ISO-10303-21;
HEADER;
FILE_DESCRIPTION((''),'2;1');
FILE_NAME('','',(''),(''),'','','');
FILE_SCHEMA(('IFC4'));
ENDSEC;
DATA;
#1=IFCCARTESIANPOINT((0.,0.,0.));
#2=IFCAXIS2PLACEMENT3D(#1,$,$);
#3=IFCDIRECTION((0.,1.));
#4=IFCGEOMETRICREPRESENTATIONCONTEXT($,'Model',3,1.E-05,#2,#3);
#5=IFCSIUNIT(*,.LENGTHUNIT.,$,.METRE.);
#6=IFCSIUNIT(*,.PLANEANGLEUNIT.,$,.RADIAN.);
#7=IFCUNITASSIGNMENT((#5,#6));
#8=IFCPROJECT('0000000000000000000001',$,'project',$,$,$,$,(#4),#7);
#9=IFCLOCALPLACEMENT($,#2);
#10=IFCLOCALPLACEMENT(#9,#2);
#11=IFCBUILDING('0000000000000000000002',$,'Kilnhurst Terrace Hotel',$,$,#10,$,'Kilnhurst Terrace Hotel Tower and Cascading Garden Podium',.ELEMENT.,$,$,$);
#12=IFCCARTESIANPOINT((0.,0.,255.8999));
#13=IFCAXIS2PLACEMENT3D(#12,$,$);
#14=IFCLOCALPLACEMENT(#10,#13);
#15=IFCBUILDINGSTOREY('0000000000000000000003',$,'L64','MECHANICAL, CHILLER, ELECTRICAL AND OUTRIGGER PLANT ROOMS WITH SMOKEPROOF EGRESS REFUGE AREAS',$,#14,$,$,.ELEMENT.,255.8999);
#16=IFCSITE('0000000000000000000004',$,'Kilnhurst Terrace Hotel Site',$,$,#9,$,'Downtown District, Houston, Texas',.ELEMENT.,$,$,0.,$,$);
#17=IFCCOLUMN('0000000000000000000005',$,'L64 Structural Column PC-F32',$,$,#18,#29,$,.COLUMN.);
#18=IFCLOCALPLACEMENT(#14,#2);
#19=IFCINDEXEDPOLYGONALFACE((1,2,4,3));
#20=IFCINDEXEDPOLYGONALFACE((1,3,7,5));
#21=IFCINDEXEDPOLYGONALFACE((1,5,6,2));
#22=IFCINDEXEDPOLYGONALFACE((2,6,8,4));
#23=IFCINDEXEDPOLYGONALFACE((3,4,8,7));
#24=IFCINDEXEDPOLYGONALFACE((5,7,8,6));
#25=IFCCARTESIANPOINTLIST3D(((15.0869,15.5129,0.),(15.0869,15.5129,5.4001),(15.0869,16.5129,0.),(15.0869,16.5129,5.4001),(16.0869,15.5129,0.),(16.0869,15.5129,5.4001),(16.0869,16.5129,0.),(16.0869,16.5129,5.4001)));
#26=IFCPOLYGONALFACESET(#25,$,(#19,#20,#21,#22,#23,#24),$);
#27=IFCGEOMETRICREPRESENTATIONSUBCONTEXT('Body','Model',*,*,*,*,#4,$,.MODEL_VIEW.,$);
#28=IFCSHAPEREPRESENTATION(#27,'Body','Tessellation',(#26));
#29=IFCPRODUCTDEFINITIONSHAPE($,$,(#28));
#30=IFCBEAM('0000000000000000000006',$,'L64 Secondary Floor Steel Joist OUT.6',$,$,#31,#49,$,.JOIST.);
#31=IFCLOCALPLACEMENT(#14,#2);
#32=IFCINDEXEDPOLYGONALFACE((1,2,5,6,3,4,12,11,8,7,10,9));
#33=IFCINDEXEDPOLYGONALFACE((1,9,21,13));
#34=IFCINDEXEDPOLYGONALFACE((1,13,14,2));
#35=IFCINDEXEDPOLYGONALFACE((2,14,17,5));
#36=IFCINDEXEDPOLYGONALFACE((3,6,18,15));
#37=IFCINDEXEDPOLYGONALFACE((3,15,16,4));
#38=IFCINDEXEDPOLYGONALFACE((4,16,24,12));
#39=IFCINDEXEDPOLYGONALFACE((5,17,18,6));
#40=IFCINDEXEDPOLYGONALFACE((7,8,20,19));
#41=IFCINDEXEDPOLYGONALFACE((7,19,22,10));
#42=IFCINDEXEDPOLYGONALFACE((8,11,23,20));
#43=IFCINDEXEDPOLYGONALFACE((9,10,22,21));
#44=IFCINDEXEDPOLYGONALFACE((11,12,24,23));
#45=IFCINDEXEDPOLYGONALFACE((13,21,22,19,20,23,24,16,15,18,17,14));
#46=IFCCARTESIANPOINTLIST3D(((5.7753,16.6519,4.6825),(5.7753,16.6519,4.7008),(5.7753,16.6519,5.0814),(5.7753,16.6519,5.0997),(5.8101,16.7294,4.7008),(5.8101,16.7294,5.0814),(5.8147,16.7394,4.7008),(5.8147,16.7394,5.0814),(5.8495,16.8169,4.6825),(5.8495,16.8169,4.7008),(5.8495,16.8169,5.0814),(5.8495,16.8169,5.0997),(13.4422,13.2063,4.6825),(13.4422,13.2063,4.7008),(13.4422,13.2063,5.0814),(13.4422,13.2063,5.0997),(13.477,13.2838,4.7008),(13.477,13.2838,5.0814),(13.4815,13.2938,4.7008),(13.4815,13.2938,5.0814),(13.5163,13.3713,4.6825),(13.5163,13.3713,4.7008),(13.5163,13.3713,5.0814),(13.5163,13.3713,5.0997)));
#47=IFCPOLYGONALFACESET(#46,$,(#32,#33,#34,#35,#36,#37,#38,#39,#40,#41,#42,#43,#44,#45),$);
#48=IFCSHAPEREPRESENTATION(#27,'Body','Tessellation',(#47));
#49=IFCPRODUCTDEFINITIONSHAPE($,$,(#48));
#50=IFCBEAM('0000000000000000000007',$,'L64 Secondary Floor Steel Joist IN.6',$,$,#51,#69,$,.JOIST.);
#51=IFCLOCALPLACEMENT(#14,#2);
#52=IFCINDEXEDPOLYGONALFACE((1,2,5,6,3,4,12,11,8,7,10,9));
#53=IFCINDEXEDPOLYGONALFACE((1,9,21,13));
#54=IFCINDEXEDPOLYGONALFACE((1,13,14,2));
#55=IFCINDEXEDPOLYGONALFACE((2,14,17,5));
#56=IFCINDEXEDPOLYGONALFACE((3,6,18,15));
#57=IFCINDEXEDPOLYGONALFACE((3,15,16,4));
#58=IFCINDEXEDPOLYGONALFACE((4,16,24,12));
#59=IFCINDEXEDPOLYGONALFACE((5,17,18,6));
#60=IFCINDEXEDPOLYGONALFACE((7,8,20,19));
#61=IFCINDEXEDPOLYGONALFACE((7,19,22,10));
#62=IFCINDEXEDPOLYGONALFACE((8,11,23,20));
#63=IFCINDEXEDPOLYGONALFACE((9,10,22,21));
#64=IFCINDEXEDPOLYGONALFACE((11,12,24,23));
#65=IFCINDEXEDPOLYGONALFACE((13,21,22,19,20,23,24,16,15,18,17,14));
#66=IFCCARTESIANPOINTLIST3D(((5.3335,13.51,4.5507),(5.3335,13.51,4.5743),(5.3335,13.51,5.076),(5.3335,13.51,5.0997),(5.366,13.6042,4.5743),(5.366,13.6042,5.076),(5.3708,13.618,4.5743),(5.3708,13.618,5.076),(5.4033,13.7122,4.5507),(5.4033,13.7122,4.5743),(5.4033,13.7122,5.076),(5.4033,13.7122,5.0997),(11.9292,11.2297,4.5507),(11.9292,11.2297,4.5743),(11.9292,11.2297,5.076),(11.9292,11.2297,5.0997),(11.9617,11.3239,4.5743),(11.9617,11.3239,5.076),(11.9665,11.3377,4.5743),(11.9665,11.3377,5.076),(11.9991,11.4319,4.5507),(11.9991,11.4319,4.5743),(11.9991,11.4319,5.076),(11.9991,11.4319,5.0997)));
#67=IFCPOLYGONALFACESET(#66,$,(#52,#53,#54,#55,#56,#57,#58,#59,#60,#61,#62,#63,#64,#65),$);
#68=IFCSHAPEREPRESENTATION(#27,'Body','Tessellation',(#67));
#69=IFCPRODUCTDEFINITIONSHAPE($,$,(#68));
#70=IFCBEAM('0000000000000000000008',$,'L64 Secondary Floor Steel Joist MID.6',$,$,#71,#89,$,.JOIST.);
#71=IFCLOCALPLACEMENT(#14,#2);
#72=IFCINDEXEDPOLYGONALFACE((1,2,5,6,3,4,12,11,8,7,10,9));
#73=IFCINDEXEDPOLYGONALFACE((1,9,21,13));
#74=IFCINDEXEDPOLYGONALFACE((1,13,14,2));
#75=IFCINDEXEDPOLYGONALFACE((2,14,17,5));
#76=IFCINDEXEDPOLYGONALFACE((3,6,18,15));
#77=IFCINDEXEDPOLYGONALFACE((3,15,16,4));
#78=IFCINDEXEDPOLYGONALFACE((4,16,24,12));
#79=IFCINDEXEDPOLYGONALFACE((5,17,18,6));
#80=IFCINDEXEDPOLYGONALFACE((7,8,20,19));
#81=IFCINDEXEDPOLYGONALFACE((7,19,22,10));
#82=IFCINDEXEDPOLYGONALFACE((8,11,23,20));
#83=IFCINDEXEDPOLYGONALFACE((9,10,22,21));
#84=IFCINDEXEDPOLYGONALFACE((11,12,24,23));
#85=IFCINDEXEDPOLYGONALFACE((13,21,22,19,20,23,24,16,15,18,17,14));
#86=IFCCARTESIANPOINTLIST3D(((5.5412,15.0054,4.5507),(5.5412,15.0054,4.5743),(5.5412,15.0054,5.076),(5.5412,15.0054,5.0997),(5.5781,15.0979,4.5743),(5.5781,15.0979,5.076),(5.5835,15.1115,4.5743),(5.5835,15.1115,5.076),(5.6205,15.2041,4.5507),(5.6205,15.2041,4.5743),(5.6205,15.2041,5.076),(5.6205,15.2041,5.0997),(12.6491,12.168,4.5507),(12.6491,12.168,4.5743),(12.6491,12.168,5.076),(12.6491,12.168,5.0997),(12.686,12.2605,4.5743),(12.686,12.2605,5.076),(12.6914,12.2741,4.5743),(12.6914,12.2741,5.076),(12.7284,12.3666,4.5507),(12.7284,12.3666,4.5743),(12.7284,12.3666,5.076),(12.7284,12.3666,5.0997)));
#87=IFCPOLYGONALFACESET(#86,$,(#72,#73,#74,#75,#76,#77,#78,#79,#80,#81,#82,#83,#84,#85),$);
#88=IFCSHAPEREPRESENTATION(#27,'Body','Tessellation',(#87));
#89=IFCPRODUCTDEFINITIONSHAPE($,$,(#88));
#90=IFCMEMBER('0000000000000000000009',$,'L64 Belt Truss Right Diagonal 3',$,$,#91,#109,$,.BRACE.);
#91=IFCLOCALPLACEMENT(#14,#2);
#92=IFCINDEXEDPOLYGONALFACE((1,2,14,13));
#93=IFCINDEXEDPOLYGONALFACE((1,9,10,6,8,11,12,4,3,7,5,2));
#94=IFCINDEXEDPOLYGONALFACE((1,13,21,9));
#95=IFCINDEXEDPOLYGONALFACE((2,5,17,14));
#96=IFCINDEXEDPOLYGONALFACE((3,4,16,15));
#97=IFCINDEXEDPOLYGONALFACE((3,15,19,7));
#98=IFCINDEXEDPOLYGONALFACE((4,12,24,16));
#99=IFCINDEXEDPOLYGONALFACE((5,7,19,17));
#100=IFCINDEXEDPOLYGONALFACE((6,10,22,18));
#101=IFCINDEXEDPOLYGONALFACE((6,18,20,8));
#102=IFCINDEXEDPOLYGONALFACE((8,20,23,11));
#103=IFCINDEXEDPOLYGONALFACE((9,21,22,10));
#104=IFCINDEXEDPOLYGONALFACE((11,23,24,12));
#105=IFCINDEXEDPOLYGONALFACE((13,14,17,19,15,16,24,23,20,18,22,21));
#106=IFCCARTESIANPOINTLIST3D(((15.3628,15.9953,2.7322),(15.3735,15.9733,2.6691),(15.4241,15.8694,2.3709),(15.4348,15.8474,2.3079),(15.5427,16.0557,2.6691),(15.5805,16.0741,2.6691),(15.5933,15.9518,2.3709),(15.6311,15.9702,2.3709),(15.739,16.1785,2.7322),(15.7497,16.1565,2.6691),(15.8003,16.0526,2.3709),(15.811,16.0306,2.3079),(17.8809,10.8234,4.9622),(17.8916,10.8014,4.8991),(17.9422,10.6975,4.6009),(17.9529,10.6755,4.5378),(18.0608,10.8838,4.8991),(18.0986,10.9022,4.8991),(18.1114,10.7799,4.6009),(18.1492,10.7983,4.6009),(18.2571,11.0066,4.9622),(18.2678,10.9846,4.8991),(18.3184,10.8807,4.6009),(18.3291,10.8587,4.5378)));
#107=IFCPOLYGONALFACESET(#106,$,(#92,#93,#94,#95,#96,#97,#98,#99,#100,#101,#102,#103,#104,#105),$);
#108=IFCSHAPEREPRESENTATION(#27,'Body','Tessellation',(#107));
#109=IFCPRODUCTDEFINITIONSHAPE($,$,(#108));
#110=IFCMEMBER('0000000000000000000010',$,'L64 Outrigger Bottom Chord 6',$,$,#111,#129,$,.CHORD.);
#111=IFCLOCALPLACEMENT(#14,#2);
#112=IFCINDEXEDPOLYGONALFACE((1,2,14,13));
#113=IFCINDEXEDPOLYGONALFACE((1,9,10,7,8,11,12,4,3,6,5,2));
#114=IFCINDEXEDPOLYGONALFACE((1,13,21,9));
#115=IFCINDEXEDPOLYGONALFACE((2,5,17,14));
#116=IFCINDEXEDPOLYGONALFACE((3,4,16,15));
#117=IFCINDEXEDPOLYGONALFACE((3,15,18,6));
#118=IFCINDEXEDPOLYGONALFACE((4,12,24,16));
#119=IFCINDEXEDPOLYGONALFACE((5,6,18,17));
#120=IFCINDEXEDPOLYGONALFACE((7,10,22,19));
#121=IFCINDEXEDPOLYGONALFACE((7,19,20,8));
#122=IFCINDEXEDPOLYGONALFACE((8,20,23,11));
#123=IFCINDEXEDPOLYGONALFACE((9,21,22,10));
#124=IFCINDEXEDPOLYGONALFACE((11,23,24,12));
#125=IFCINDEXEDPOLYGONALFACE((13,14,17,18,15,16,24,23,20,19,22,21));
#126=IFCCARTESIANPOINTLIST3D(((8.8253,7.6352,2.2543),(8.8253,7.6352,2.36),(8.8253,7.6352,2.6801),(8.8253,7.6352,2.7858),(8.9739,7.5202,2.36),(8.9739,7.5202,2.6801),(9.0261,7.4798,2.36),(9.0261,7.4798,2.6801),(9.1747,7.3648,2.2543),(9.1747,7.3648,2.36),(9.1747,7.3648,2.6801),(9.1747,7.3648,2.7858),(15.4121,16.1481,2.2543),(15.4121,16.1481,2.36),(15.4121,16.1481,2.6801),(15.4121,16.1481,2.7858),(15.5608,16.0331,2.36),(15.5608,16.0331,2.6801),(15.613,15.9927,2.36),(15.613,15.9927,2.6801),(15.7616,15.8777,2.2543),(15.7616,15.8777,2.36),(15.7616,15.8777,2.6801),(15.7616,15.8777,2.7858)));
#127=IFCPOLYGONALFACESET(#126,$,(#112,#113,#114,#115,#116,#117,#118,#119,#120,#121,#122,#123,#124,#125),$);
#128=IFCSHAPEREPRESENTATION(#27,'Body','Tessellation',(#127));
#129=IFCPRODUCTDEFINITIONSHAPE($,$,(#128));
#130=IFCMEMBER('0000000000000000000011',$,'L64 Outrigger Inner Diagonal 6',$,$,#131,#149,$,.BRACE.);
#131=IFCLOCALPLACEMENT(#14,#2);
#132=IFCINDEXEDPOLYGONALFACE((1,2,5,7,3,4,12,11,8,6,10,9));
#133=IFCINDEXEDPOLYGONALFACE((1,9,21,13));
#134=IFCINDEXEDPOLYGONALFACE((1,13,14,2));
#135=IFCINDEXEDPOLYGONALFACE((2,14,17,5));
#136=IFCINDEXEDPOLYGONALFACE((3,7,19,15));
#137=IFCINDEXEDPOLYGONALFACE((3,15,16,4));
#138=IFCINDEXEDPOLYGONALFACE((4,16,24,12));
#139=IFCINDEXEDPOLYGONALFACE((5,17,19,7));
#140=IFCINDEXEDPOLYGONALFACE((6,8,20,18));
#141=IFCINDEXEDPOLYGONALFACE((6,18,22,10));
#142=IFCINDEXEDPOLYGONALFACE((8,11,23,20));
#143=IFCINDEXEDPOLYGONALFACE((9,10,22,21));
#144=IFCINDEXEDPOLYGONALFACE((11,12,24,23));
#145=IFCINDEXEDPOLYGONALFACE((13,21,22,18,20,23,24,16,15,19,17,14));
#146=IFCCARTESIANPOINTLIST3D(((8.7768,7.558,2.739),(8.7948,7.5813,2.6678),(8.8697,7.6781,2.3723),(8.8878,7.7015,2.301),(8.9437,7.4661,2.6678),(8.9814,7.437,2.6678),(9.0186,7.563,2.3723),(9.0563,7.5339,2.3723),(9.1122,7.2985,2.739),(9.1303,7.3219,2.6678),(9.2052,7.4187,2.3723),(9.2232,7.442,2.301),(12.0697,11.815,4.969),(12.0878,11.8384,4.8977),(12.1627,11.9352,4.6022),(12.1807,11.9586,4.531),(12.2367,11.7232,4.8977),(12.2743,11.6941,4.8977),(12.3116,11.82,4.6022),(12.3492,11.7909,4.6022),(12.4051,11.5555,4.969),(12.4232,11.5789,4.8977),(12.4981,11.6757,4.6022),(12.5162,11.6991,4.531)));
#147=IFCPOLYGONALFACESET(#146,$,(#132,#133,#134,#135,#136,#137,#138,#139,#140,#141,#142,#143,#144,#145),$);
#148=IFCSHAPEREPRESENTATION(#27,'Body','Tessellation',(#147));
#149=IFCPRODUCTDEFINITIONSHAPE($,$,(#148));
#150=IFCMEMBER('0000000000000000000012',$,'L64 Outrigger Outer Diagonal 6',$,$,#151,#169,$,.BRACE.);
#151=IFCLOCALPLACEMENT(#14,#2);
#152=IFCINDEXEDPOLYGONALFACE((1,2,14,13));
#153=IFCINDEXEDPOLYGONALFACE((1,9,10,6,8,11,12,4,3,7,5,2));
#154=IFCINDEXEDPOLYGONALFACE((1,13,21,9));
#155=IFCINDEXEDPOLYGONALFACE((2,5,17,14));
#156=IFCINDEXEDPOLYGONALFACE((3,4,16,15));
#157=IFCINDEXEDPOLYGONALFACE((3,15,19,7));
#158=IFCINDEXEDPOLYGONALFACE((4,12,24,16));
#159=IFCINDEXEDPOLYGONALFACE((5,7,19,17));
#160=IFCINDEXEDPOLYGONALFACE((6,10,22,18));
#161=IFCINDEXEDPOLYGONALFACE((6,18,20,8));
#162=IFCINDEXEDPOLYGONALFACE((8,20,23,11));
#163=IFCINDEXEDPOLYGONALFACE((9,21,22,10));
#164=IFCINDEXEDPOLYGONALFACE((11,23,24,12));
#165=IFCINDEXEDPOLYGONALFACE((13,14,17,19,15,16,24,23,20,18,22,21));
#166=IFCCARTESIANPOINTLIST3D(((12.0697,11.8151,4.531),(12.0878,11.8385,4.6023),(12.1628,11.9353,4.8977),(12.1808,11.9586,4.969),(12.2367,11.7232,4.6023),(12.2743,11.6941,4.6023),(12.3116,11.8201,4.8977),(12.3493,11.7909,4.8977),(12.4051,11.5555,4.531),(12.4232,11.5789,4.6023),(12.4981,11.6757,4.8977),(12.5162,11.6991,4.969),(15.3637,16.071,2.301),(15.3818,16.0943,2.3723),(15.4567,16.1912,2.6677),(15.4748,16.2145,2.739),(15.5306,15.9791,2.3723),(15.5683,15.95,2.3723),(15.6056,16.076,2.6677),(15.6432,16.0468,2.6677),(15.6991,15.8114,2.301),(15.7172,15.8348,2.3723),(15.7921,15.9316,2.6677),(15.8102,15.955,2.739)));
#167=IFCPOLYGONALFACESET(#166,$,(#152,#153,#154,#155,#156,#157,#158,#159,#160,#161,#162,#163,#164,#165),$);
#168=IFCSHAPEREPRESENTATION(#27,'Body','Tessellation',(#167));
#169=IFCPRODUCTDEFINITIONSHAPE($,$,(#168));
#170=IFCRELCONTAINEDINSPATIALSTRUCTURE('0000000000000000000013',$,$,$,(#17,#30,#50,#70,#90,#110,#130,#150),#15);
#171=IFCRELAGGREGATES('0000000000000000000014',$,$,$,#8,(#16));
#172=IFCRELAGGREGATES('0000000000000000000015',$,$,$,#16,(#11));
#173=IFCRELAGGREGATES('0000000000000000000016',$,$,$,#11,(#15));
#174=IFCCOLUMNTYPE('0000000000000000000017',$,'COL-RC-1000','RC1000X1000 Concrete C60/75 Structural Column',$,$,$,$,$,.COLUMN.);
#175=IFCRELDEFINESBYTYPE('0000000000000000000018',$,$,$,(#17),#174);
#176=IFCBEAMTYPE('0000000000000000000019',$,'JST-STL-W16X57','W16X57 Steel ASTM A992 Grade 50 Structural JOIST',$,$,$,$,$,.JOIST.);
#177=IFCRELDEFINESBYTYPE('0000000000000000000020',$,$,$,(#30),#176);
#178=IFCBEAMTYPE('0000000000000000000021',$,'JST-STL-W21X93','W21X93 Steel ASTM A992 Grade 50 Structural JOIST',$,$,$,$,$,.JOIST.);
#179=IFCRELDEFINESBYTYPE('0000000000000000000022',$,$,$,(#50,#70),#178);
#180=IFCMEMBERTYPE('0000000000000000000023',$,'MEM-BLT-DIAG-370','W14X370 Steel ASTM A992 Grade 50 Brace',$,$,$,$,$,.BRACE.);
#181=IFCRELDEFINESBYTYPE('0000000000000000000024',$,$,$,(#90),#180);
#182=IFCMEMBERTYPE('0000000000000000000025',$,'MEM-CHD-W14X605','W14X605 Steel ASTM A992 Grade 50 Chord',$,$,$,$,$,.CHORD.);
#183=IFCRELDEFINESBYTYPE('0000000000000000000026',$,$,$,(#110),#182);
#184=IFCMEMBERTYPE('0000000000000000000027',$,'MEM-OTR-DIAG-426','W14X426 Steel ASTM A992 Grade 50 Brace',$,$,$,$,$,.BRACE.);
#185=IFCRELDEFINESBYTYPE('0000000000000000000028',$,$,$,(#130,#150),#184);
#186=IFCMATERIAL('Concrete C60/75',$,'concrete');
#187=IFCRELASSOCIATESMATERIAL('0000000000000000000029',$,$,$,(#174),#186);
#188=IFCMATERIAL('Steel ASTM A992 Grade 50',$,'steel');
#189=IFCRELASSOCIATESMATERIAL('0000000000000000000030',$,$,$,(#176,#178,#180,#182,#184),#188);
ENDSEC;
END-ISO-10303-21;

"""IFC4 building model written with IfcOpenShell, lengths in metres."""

from ifc_helpers import new_model, si_unit, direction, frame, origin, origin_2d, place, context, subcontext, project, spatial, rectangle, i_section, extrude, material, material_profile, profile_set, type_object, element, save


model = new_model("IFC4")

# Units and contexts
model_context = context("Model", 3, precision=1e-05, world=origin(), true_north=direction((0.0, 1.0)))
body_context = subcontext(model_context, "Body", "Model", "MODEL_VIEW")
ifc_project = project(units=[si_unit("LENGTHUNIT", "METRE"), si_unit("PLANEANGLEUNIT", "RADIAN")], contexts=[model_context])

# Site, building, storey
site_placement = place(None, origin())
site = spatial("IfcSite", under=ifc_project, at=site_placement, Name="Kilnhurst Terrace Hotel Site", LongName="Downtown District, Houston, Texas", CompositionType="ELEMENT", RefElevation=0.0)
building_placement = place(site_placement, origin())
building = spatial("IfcBuilding", under=site, at=building_placement, Name="Kilnhurst Terrace Hotel", LongName="Kilnhurst Terrace Hotel Tower and Cascading Garden Podium", CompositionType="ELEMENT")
storey_placement = place(building_placement, frame((0.0, 0.0, 255.8999)))
storey = spatial("IfcBuildingStorey", under=building, at=storey_placement, Name="L64", Description="MECHANICAL, CHILLER, ELECTRICAL AND OUTRIGGER PLANT ROOMS WITH SMOKEPROOF EGRESS REFUGE AREAS", CompositionType="ELEMENT", Elevation=255.8999)

# Column
ifc_material_1 = material(Name="Concrete C60/75", Category="concrete")
ifc_material_profile_1 = material_profile(ifc_material_1, rectangle(XDim=1.0, YDim=1.0, at=origin_2d()), Name="RC1000X1000")
ifc_profile_set_1 = profile_set([ifc_material_profile_1], Name="Concrete C60/75")
column_type = type_object("IfcColumnType", Name="COL-RC-1000", Description="RC1000X1000 Concrete C60/75 Structural Column", PredefinedType="COLUMN", material=ifc_profile_set_1)
column_placement = place(storey_placement, frame((15.5869, 16.0129, 0.0), z_axis=(0.0, 0.0, 1.0), x_axis=(1.0, 0.0, 0.0)))
element("IfcColumn", 1, at=column_placement, inside=storey, type_object=column_type, Name="L64 Structural Column PC-F32", PredefinedType="COLUMN", context=body_context, shape_type="SweptSolid", body=[
    extrude(rectangle(XDim=1.0, YDim=1.0, at=origin_2d()), origin(), (0.0, 0.0, 1.0), 5.4001),
])

# Beams
ifc_material_2 = material(Name="Steel ASTM A992 Grade 50", Category="steel")
ifc_material_profile_2 = material_profile(ifc_material_2, i_section(OverallWidth=0.1809, OverallDepth=0.4172, WebThickness=0.011, FlangeThickness=0.0183, at=origin_2d()), Name="W16X57")
ifc_profile_set_2 = profile_set([ifc_material_profile_2], Name="Steel ASTM A992 Grade 50")
beam_type_1 = type_object("IfcBeamType", Name="JST-STL-W16X57", Description="W16X57 Steel ASTM A992 Grade 50 Structural JOIST", PredefinedType="JOIST", material=ifc_profile_set_2)
beam_1_placement = place(storey_placement, frame((13.4792, 13.2888, 4.8911), z_axis=(-0.912121, 0.409921, 0.0), x_axis=(-0.409921, -0.912121, 0.0)))
element("IfcBeam", 2, at=beam_1_placement, inside=storey, type_object=beam_type_1, Name="L64 Secondary Floor Steel Joist OUT.6", PredefinedType="JOIST", context=body_context, shape_type="SweptSolid", body=[
    extrude(i_section(OverallWidth=0.1809, OverallDepth=0.4172, WebThickness=0.011, FlangeThickness=0.0183, at=origin_2d()), origin(), (0.0, 0.0, 1.0), 8.4055),
])
ifc_material_profile_3 = material_profile(ifc_material_2, i_section(OverallWidth=0.2139, OverallDepth=0.5491, WebThickness=0.0146, FlangeThickness=0.0237, at=origin_2d()), Name="W21X93")
ifc_profile_set_3 = profile_set([ifc_material_profile_3], Name="Steel ASTM A992 Grade 50")
beam_type_2 = type_object("IfcBeamType", Name="JST-STL-W21X93", Description="W21X93 Steel ASTM A992 Grade 50 Structural JOIST", PredefinedType="JOIST", material=ifc_profile_set_3)
beam_2_placement = place(storey_placement, frame((11.9641, 11.3308, 4.8252), z_axis=(-0.945112, 0.326745, 0.0), x_axis=(-0.326745, -0.945112, 0.0)))
element("IfcBeam", 3, at=beam_2_placement, inside=storey, type_object=beam_type_2, Name="L64 Secondary Floor Steel Joist IN.6", PredefinedType="JOIST", context=body_context, shape_type="SweptSolid", body=[
    extrude(i_section(OverallWidth=0.2139, OverallDepth=0.5491, WebThickness=0.0146, FlangeThickness=0.0237, at=origin_2d()), origin(), (0.0, 0.0, 1.0), 6.9788),
])
beam_3_placement = place(storey_placement, frame((12.6887, 12.2673, 4.8252), z_axis=(-0.928736, 0.370742, 0.0), x_axis=(-0.370742, -0.928736, 0.0)))
element("IfcBeam", 4, at=beam_3_placement, inside=storey, type_object=beam_type_2, Name="L64 Secondary Floor Steel Joist MID.6", PredefinedType="JOIST", context=body_context, shape_type="SweptSolid", body=[
    extrude(i_section(OverallWidth=0.2139, OverallDepth=0.5491, WebThickness=0.0146, FlangeThickness=0.0237, at=origin_2d()), origin(), (0.0, 0.0, 1.0), 7.6533),
])

# Members
ifc_material_profile_4 = material_profile(ifc_material_2, i_section(OverallWidth=0.4185, OverallDepth=0.4551, WebThickness=0.042, FlangeThickness=0.0676, at=origin_2d()), Name="W14X370")
ifc_profile_set_4 = profile_set([ifc_material_profile_4], Name="Steel ASTM A992 Grade 50")
member_type_1 = type_object("IfcMemberType", Name="MEM-BLT-DIAG-370", Description="W14X370 Steel ASTM A992 Grade 50 Brace", PredefinedType="BRACE", material=ifc_profile_set_4)
member_1_placement = place(storey_placement, frame((15.5869, 16.0129, 2.52), z_axis=(0.408153, -0.838308, 0.361457), x_axis=(0.899097, 0.43775, 0.0)))
element("IfcMember", 5, at=member_1_placement, inside=storey, type_object=member_type_1, Name="L64 Belt Truss Right Diagonal 3", PredefinedType="BRACE", context=body_context, shape_type="SweptSolid", body=[
    extrude(i_section(OverallWidth=0.4185, OverallDepth=0.4551, WebThickness=0.042, FlangeThickness=0.0676, at=origin_2d()), origin(), (0.0, 0.0, 1.0), 6.1694),
])
ifc_material_profile_5 = material_profile(ifc_material_2, i_section(OverallWidth=0.4419, OverallDepth=0.5315, WebThickness=0.0659, FlangeThickness=0.1057, at=origin_2d()), Name="W14X605")
ifc_profile_set_5 = profile_set([ifc_material_profile_5], Name="Steel ASTM A992 Grade 50")
member_type_2 = type_object("IfcMemberType", Name="MEM-CHD-W14X605", Description="W14X605 Steel ASTM A992 Grade 50 Chord", PredefinedType="CHORD", material=ifc_profile_set_5)
member_2_placement = place(storey_placement, frame((9.0, 7.5, 2.52), z_axis=(0.611955, 0.790892, 0.0), x_axis=(-0.790892, 0.611955, 0.0)))
element("IfcMember", 6, at=member_2_placement, inside=storey, type_object=member_type_2, Name="L64 Outrigger Bottom Chord 6", PredefinedType="CHORD", context=body_context, shape_type="SweptSolid", body=[
    extrude(i_section(OverallWidth=0.4419, OverallDepth=0.5315, WebThickness=0.0659, FlangeThickness=0.1057, at=origin_2d()), origin(), (0.0, 0.0, 1.0), 10.7637),
])
ifc_material_profile_6 = material_profile(ifc_material_2, i_section(OverallWidth=0.4241, OverallDepth=0.4741, WebThickness=0.0476, FlangeThickness=0.0771, at=origin_2d()), Name="W14X426")
ifc_profile_set_6 = profile_set([ifc_material_profile_6], Name="Steel ASTM A992 Grade 50")
member_type_3 = type_object("IfcMemberType", Name="MEM-OTR-DIAG-426", Description="W14X426 Steel ASTM A992 Grade 50 Brace", PredefinedType="BRACE", material=ifc_profile_set_6)
member_3_placement = place(storey_placement, frame((9.0, 7.5, 2.52), z_axis=(0.565245, 0.730737, 0.382781), x_axis=(-0.790979, 0.611844, 0.0)))
element("IfcMember", 7, at=member_3_placement, inside=storey, type_object=member_type_3, Name="L64 Outrigger Inner Diagonal 6", PredefinedType="BRACE", context=body_context, shape_type="SweptSolid", body=[
    extrude(i_section(OverallWidth=0.4241, OverallDepth=0.4741, WebThickness=0.0476, FlangeThickness=0.0771, at=origin_2d()), origin(), (0.0, 0.0, 1.0), 5.8257),
])
member_4_placement = place(storey_placement, frame((12.293, 11.7571, 4.75), z_axis=(0.565446, 0.73057, -0.382803), x_axis=(-0.790806, 0.612067, 0.0)))
element("IfcMember", 8, at=member_4_placement, inside=storey, type_object=member_type_3, Name="L64 Outrigger Outer Diagonal 6", PredefinedType="BRACE", context=body_context, shape_type="SweptSolid", body=[
    extrude(i_section(OverallWidth=0.4241, OverallDepth=0.4741, WebThickness=0.0476, FlangeThickness=0.0771, at=origin_2d()), origin(), (0.0, 0.0, 1.0), 5.8254),
])

save(model, "model.ifc")
